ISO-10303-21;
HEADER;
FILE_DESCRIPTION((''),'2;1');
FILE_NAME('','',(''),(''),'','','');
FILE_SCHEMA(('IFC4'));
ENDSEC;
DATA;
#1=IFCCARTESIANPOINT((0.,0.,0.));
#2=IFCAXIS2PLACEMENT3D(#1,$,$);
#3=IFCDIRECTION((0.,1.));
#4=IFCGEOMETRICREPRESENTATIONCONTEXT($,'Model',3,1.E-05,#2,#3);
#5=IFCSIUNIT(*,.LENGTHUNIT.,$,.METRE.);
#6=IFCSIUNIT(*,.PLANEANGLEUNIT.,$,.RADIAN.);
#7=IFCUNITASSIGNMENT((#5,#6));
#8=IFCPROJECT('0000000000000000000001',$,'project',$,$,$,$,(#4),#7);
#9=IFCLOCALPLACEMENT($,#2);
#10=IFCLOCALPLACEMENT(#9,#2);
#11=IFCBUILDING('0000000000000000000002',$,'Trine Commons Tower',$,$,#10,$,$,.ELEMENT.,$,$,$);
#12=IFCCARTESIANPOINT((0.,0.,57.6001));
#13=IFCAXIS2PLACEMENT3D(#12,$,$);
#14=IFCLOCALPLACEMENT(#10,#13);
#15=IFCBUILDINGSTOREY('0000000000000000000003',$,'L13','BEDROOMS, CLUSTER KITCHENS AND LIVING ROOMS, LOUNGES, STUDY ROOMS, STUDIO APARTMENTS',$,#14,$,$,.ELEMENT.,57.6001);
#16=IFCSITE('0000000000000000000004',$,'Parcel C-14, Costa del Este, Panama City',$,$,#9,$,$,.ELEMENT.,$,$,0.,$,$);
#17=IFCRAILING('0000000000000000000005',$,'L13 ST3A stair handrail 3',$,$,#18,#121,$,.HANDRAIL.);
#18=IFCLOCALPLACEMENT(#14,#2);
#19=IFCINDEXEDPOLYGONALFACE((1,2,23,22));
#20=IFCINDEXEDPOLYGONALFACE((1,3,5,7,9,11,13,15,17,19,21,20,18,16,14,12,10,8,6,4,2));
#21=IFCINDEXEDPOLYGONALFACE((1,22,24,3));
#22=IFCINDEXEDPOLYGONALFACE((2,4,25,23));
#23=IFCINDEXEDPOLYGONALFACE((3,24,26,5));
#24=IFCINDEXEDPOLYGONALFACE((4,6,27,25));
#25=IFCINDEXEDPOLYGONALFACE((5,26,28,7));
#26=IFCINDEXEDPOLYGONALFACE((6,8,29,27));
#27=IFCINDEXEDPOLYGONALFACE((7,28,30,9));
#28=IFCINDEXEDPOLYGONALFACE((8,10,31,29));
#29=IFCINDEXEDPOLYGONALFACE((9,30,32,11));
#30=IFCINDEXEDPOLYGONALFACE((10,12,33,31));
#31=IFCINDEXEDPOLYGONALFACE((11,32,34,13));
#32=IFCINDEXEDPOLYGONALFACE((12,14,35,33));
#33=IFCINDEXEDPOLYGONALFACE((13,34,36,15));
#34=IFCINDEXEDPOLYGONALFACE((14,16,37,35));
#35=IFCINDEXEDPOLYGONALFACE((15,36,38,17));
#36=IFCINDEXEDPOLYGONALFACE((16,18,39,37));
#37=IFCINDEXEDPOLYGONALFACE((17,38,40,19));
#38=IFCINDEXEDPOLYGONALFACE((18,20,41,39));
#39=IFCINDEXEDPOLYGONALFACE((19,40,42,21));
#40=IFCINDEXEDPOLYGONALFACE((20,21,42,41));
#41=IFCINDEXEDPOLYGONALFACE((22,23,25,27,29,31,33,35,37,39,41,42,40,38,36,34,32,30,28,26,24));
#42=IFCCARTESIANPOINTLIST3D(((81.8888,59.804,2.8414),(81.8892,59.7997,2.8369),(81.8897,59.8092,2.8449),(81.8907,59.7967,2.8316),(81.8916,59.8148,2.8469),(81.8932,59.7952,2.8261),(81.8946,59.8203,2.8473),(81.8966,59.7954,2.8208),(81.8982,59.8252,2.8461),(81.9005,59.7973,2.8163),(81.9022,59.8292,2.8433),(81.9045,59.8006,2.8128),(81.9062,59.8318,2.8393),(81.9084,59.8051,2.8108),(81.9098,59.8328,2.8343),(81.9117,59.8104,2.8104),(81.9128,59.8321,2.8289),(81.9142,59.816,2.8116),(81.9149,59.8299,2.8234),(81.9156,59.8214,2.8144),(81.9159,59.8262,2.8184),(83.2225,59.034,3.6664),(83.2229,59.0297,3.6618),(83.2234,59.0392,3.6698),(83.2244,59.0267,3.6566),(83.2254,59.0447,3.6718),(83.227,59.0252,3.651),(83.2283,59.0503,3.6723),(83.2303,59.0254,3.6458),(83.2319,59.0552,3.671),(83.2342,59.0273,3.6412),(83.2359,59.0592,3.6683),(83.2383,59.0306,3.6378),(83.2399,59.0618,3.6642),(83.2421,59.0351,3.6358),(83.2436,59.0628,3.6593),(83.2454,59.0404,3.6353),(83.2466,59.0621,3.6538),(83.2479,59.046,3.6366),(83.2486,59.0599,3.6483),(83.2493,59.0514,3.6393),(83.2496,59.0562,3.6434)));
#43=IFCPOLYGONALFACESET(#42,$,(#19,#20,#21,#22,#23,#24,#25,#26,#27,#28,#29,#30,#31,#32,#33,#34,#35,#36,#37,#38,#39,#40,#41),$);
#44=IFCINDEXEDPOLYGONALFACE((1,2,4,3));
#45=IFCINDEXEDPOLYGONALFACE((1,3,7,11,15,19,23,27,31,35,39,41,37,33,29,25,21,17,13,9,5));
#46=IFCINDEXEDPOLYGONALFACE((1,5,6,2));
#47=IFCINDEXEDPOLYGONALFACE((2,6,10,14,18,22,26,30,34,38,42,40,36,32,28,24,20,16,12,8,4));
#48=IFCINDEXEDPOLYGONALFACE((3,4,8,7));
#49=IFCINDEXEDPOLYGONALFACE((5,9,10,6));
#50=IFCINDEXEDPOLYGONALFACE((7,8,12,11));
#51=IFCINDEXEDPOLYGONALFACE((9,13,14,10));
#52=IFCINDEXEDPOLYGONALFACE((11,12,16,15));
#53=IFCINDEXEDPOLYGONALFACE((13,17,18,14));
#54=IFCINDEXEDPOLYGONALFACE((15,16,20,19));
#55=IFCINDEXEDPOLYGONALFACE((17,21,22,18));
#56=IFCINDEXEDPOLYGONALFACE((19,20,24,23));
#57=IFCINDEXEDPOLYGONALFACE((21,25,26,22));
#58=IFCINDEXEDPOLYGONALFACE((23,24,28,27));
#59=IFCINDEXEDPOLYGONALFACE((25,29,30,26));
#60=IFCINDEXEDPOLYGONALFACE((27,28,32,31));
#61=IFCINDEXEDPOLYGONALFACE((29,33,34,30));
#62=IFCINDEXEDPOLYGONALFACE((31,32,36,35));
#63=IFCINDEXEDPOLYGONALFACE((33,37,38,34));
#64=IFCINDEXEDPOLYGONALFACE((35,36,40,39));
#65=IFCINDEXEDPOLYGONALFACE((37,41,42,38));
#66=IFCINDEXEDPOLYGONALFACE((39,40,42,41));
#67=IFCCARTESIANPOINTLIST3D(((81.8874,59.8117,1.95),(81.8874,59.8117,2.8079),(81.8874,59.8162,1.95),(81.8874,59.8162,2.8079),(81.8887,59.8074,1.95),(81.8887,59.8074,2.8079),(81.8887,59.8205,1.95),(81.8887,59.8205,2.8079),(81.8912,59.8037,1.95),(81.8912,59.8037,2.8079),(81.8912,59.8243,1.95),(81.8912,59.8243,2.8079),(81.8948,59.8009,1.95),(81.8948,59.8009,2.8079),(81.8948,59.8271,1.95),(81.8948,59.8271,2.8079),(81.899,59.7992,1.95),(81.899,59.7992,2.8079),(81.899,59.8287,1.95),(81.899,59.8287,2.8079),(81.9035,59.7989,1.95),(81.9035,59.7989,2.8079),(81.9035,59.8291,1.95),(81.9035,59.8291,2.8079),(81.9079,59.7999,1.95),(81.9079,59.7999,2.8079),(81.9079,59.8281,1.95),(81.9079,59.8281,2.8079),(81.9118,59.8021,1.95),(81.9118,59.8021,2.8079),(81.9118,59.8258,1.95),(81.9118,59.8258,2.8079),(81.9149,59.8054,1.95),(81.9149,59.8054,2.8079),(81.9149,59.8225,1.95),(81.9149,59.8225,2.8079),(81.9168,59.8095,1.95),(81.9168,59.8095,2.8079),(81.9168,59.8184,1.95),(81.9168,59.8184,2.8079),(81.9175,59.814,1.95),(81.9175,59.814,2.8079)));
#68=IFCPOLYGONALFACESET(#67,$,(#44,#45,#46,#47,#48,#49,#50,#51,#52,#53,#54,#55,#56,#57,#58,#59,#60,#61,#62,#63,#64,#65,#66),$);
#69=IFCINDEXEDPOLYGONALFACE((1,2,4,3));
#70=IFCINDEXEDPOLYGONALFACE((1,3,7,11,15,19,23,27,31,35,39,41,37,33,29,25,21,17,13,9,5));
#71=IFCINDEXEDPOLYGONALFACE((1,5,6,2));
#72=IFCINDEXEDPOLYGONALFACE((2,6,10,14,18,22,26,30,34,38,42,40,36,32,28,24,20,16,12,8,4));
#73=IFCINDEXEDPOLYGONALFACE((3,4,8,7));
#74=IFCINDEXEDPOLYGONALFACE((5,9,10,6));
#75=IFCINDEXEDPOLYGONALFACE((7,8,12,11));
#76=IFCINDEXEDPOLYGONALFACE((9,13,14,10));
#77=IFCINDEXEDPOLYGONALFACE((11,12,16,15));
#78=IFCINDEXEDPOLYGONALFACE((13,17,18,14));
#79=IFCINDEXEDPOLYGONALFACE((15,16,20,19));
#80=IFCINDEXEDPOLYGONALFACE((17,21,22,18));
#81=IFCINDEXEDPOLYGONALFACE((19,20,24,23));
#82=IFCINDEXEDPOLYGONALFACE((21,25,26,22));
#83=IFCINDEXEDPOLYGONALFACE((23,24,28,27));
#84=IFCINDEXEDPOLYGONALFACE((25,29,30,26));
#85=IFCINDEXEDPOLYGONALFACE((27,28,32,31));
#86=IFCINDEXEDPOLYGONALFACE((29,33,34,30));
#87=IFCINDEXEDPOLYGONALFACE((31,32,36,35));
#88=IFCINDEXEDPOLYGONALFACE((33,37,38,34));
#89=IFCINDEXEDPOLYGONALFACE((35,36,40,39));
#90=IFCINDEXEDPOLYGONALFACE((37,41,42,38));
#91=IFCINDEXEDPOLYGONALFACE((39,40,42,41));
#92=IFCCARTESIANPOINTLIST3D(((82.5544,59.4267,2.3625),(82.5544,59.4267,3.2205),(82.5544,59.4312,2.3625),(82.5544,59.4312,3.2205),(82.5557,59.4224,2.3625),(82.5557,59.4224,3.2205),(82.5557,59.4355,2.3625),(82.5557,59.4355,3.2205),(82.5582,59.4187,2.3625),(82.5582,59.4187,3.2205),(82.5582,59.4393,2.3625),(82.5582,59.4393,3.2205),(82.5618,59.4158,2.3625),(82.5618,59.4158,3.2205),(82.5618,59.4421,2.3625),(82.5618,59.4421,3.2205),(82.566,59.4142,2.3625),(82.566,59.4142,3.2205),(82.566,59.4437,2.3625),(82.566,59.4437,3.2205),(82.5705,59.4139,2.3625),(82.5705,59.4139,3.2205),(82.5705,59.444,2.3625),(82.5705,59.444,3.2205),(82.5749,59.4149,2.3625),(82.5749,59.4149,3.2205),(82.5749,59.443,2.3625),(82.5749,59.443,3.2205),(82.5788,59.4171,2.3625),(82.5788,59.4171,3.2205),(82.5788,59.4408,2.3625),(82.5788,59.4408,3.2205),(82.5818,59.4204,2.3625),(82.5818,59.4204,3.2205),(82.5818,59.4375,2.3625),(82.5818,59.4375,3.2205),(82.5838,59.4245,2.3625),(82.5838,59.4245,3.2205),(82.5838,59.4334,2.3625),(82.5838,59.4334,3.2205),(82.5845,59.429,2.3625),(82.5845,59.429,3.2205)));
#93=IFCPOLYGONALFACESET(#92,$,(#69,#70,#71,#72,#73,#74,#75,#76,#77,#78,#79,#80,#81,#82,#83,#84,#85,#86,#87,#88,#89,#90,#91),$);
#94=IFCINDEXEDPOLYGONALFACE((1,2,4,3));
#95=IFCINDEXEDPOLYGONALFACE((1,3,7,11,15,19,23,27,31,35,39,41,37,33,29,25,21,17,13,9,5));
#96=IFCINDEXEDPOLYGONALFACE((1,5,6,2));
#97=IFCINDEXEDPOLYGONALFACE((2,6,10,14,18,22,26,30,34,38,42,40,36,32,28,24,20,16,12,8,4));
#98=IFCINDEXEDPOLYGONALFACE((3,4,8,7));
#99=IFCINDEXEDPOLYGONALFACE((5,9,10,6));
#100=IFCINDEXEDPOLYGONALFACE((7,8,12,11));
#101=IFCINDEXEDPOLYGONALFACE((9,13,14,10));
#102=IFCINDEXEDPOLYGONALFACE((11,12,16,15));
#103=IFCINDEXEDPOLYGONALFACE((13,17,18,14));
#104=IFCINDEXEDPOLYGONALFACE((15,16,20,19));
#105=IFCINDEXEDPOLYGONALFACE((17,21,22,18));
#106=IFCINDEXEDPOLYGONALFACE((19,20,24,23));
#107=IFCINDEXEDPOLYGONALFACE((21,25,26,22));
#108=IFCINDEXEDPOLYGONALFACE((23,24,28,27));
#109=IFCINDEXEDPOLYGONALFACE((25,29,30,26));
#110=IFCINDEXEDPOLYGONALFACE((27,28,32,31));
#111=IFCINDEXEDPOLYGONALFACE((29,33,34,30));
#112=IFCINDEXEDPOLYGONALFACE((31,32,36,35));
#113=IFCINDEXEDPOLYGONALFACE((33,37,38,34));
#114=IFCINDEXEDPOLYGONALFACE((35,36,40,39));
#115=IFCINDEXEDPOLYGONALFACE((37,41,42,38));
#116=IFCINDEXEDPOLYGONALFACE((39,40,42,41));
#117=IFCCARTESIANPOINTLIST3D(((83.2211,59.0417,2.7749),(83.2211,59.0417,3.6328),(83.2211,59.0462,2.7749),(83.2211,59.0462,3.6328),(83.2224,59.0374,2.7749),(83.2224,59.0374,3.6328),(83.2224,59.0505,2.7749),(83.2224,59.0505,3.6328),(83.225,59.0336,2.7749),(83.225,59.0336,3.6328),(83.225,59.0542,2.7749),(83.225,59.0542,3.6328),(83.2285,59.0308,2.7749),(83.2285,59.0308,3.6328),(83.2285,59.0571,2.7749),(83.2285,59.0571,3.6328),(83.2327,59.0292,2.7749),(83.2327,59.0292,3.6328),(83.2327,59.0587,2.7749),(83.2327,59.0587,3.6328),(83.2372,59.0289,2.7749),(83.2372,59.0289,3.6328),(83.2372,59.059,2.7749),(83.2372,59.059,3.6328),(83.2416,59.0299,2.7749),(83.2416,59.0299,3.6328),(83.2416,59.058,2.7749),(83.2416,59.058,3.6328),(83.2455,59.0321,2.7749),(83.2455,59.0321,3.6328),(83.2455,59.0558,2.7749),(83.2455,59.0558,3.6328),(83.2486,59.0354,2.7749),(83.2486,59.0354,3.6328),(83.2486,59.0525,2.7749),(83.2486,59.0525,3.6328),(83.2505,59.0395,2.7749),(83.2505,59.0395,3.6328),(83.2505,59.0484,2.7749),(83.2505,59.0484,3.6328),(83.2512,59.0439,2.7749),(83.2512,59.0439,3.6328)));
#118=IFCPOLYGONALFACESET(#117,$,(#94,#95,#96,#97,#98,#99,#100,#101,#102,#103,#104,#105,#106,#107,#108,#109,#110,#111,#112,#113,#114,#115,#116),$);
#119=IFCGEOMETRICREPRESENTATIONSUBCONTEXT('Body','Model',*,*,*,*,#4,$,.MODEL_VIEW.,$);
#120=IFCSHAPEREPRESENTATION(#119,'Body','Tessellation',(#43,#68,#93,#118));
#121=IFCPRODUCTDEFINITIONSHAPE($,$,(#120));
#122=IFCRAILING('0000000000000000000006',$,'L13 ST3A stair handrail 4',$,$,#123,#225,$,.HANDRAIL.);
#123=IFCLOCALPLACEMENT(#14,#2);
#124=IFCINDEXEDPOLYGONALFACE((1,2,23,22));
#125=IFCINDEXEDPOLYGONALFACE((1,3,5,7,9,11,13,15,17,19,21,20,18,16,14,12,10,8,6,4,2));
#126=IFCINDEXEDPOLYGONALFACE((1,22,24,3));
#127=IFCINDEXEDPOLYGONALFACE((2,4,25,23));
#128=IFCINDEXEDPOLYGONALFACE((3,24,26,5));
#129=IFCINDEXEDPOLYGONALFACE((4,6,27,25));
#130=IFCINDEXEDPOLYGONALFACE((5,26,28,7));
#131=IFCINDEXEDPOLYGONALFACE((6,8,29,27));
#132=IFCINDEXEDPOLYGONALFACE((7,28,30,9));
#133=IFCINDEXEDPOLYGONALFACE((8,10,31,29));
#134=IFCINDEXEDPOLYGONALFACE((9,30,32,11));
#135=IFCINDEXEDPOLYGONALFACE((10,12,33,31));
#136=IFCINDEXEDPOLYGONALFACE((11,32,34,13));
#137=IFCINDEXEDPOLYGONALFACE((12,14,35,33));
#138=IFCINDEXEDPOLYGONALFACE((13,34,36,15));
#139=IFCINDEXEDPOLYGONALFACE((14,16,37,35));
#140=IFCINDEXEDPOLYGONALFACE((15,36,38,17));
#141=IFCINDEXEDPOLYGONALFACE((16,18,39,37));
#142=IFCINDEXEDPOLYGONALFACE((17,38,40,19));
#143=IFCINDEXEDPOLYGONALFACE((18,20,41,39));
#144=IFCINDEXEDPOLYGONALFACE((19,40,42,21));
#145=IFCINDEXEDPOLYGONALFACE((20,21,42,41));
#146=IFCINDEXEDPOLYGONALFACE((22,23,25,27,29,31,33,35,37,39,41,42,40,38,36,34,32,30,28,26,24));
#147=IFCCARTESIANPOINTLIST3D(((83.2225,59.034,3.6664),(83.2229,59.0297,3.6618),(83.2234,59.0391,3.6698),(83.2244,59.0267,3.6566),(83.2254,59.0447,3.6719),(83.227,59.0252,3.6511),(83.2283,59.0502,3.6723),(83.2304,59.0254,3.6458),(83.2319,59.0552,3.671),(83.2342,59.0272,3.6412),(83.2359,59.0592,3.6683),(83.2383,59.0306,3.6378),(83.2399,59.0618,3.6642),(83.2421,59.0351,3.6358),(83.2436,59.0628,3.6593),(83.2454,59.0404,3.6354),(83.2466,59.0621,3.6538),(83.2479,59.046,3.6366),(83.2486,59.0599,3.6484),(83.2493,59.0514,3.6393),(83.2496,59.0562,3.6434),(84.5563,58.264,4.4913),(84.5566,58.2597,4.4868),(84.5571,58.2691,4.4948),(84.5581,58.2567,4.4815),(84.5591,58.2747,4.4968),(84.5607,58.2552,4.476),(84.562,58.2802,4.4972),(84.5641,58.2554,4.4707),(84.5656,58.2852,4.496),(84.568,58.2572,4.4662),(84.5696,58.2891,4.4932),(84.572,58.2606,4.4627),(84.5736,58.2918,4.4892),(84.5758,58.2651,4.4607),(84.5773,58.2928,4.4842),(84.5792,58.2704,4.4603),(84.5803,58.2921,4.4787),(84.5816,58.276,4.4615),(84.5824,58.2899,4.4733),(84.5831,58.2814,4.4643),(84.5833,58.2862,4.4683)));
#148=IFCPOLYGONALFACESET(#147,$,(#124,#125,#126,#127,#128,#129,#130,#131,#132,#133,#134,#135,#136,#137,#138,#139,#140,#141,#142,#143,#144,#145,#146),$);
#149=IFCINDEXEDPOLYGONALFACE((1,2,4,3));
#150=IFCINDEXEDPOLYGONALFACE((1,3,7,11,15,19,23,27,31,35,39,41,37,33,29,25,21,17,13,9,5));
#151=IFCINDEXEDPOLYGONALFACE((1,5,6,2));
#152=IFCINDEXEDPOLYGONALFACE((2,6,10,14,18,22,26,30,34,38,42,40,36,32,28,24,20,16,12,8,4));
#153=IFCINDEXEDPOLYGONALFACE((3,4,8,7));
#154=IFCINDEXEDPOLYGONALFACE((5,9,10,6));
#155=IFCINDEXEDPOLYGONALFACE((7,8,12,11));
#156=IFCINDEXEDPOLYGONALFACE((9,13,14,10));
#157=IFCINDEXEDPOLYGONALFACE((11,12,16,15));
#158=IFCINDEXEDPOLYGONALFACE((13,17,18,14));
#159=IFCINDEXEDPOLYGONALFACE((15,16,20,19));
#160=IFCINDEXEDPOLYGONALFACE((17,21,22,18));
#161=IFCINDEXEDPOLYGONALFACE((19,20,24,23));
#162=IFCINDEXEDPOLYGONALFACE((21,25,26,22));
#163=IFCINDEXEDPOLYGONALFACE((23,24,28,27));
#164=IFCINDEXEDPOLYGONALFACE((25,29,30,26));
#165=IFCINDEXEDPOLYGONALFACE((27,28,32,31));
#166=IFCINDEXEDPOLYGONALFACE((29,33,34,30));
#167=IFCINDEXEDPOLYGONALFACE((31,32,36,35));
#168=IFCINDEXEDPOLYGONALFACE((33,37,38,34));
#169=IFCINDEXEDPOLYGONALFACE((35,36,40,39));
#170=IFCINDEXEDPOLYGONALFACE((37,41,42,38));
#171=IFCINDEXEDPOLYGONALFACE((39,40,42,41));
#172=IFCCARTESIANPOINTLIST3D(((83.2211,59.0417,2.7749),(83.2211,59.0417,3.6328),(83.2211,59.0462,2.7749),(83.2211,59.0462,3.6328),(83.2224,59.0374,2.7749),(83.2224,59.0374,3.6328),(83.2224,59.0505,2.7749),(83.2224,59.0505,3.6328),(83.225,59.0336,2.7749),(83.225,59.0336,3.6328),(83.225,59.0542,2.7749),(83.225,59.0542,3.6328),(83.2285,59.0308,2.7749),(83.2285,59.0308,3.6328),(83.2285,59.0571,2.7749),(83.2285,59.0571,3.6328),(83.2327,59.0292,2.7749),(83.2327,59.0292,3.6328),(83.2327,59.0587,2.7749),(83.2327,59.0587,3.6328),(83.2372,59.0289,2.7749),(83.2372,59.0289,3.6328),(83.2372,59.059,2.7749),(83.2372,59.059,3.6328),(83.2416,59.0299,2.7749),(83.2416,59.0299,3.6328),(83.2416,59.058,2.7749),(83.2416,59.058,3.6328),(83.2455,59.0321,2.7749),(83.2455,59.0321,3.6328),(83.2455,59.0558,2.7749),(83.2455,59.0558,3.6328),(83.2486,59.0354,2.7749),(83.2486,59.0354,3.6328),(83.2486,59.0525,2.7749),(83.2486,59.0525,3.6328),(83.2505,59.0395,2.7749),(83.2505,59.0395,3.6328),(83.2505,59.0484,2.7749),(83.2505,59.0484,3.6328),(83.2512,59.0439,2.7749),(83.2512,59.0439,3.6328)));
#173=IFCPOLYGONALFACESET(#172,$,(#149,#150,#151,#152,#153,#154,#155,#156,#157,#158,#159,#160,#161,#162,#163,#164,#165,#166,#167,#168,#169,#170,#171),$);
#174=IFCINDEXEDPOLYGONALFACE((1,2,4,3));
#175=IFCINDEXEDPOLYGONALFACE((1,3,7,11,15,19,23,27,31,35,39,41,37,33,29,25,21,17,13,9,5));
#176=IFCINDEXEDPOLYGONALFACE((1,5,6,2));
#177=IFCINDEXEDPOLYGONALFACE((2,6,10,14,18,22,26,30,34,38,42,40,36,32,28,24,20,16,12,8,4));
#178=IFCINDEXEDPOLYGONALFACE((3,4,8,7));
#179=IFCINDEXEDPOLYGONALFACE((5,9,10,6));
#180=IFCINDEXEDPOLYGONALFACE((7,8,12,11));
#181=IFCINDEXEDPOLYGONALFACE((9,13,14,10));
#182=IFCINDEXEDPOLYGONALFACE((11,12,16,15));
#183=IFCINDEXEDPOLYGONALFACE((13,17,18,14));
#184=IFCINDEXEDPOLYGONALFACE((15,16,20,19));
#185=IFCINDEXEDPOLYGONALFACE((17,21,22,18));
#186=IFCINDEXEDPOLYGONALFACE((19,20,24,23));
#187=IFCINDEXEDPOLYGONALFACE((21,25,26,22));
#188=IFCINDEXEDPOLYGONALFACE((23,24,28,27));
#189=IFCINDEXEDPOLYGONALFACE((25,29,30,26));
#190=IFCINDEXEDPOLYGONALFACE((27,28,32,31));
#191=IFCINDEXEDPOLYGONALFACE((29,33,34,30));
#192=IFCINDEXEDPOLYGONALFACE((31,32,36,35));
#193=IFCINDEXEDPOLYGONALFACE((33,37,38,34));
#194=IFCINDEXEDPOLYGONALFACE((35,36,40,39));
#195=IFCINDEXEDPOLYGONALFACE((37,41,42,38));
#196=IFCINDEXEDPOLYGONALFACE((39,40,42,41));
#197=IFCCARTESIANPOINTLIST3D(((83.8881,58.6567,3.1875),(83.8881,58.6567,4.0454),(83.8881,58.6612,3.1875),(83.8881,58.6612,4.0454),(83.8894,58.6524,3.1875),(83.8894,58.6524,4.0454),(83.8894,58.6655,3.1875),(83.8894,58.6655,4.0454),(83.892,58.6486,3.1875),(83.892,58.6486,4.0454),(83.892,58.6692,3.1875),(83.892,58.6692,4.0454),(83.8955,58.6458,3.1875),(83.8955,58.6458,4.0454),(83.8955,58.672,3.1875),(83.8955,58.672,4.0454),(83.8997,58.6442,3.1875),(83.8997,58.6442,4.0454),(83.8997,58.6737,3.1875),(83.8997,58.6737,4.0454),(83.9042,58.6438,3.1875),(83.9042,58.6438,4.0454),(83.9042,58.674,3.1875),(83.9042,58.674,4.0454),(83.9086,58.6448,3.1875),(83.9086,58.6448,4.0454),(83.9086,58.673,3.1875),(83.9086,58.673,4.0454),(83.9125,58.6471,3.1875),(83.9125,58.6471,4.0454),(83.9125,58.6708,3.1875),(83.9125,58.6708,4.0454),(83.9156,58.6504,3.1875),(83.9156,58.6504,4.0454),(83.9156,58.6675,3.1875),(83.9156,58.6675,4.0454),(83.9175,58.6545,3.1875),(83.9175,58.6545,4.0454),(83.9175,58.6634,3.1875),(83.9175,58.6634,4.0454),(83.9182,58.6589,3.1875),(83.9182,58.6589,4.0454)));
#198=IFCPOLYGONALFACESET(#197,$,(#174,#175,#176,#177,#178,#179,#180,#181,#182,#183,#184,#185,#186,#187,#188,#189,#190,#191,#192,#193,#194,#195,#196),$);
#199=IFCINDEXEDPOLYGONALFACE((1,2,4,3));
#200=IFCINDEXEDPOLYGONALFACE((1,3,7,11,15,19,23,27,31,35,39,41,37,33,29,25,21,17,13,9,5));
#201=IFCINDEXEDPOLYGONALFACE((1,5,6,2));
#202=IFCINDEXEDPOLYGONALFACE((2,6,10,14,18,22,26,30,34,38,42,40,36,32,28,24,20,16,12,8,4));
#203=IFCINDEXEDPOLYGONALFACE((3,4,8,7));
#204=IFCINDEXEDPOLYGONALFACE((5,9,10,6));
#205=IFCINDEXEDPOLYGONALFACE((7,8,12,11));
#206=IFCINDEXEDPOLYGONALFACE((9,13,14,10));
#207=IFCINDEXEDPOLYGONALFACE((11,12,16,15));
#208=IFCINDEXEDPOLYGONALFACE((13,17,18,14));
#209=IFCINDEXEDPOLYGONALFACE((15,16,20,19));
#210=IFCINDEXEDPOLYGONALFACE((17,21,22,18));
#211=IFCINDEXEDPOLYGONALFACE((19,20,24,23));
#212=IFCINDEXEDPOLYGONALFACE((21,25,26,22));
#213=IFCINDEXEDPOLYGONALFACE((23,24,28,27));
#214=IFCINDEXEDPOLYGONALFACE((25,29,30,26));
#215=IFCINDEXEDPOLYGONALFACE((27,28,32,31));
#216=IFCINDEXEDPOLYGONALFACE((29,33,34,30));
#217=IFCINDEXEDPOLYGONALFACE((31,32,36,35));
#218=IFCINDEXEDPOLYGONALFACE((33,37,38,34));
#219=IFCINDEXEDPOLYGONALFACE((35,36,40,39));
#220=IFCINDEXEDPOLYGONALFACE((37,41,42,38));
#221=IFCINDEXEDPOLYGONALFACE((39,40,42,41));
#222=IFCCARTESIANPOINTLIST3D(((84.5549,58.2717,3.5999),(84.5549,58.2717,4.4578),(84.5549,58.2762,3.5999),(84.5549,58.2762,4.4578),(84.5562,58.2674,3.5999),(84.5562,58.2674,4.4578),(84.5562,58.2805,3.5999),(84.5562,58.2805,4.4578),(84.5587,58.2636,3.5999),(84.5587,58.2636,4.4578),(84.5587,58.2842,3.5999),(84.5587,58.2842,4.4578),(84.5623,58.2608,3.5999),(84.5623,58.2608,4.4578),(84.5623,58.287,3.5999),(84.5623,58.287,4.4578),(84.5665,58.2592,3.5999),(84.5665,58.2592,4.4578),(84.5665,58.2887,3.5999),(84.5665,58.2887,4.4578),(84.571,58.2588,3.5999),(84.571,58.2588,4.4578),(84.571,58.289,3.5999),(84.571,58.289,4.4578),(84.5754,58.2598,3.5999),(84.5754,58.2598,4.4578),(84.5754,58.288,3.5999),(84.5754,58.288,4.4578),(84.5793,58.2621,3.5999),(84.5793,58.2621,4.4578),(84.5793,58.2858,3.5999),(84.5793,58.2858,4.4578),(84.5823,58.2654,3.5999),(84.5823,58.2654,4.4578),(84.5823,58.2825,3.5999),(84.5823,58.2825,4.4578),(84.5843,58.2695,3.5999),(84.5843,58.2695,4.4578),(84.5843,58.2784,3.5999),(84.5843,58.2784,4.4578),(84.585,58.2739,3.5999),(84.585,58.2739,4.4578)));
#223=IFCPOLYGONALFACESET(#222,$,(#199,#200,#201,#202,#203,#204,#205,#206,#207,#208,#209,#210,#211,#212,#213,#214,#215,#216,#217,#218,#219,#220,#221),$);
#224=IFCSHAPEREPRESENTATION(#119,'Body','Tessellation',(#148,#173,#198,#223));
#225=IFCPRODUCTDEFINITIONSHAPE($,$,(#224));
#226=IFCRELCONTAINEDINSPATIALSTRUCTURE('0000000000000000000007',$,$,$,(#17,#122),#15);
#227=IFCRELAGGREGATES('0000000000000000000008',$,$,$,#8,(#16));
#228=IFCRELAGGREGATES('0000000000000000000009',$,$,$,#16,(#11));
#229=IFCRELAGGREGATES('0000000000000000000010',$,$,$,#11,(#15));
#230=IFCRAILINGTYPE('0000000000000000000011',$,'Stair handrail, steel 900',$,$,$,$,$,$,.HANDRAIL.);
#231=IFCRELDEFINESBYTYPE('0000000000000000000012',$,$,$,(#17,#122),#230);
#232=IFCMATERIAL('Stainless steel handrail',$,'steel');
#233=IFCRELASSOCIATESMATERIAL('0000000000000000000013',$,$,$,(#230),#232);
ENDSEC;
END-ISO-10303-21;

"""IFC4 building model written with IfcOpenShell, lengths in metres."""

from ifc_helpers import new_model, si_unit, direction, frame, origin, origin_2d, place, context, subcontext, project, spatial, circle, extrude, material, type_object, element, save


model = new_model("IFC4")

# Units and contexts
model_context = context("Model", 3, precision=1e-05, world=origin(), true_north=direction((0.0, 1.0)))
body_context = subcontext(model_context, "Body", "Model", "MODEL_VIEW")
ifc_project = project(units=[si_unit("LENGTHUNIT", "METRE"), si_unit("PLANEANGLEUNIT", "RADIAN")], contexts=[model_context])

# Site, building, storey
site_placement = place(None, origin())
site = spatial("IfcSite", under=ifc_project, at=site_placement, Name="Parcel C-14, Costa del Este, Panama City", CompositionType="ELEMENT", RefElevation=0.0)
building_placement = place(site_placement, origin())
building = spatial("IfcBuilding", under=site, at=building_placement, Name="Trine Commons Tower", CompositionType="ELEMENT")
storey_placement = place(building_placement, frame((0.0, 0.0, 57.6001)))
storey = spatial("IfcBuildingStorey", under=building, at=storey_placement, Name="L13", Description="BEDROOMS, CLUSTER KITCHENS AND LIVING ROOMS, LOUNGES, STUDY ROOMS, STUDIO APARTMENTS", CompositionType="ELEMENT", Elevation=57.6001)

# Railings
ifc_material_1 = material(Name="Stainless steel handrail", Category="steel")
railing_type = type_object("IfcRailingType", Name="Stair handrail, steel 900", PredefinedType="HANDRAIL", material=ifc_material_1)
for number, where, name in (
    (1, (81.9023, 59.814, 1.95), "L13 ST3A stair handrail 3"),
    (2, (83.2361, 59.0439, 2.7749), "L13 ST3A stair handrail 4"),
):
    element("IfcRailing", number, at=place(storey_placement, frame(where)), inside=storey, type_object=railing_type, Name=name, PredefinedType="HANDRAIL", context=body_context, shape_type="SweptSolid", body=[
        extrude(circle(Radius=0.021, at=origin_2d()), frame((0.0, 0.0, 0.8789), z_axis=(0.763405, -0.440743, 0.472185), x_axis=(0.499992, 0.86603, 0.0)), (0.0, 0.0, 1.0), 1.7471),
        extrude(circle(Radius=0.0151, at=origin_2d()), origin(), (0.0, 0.0, 1.0), 0.8579),
        extrude(circle(Radius=0.0151, at=origin_2d()), frame((0.667, -0.385, 0.4126)), (0.0, 0.0, 1.0), 0.8579),
        extrude(circle(Radius=0.0151, at=origin_2d()), frame((1.3337, -0.77, 0.825)), (0.0, 0.0, 1.0), 0.8579),
    ])

save(model, "model.ifc")
